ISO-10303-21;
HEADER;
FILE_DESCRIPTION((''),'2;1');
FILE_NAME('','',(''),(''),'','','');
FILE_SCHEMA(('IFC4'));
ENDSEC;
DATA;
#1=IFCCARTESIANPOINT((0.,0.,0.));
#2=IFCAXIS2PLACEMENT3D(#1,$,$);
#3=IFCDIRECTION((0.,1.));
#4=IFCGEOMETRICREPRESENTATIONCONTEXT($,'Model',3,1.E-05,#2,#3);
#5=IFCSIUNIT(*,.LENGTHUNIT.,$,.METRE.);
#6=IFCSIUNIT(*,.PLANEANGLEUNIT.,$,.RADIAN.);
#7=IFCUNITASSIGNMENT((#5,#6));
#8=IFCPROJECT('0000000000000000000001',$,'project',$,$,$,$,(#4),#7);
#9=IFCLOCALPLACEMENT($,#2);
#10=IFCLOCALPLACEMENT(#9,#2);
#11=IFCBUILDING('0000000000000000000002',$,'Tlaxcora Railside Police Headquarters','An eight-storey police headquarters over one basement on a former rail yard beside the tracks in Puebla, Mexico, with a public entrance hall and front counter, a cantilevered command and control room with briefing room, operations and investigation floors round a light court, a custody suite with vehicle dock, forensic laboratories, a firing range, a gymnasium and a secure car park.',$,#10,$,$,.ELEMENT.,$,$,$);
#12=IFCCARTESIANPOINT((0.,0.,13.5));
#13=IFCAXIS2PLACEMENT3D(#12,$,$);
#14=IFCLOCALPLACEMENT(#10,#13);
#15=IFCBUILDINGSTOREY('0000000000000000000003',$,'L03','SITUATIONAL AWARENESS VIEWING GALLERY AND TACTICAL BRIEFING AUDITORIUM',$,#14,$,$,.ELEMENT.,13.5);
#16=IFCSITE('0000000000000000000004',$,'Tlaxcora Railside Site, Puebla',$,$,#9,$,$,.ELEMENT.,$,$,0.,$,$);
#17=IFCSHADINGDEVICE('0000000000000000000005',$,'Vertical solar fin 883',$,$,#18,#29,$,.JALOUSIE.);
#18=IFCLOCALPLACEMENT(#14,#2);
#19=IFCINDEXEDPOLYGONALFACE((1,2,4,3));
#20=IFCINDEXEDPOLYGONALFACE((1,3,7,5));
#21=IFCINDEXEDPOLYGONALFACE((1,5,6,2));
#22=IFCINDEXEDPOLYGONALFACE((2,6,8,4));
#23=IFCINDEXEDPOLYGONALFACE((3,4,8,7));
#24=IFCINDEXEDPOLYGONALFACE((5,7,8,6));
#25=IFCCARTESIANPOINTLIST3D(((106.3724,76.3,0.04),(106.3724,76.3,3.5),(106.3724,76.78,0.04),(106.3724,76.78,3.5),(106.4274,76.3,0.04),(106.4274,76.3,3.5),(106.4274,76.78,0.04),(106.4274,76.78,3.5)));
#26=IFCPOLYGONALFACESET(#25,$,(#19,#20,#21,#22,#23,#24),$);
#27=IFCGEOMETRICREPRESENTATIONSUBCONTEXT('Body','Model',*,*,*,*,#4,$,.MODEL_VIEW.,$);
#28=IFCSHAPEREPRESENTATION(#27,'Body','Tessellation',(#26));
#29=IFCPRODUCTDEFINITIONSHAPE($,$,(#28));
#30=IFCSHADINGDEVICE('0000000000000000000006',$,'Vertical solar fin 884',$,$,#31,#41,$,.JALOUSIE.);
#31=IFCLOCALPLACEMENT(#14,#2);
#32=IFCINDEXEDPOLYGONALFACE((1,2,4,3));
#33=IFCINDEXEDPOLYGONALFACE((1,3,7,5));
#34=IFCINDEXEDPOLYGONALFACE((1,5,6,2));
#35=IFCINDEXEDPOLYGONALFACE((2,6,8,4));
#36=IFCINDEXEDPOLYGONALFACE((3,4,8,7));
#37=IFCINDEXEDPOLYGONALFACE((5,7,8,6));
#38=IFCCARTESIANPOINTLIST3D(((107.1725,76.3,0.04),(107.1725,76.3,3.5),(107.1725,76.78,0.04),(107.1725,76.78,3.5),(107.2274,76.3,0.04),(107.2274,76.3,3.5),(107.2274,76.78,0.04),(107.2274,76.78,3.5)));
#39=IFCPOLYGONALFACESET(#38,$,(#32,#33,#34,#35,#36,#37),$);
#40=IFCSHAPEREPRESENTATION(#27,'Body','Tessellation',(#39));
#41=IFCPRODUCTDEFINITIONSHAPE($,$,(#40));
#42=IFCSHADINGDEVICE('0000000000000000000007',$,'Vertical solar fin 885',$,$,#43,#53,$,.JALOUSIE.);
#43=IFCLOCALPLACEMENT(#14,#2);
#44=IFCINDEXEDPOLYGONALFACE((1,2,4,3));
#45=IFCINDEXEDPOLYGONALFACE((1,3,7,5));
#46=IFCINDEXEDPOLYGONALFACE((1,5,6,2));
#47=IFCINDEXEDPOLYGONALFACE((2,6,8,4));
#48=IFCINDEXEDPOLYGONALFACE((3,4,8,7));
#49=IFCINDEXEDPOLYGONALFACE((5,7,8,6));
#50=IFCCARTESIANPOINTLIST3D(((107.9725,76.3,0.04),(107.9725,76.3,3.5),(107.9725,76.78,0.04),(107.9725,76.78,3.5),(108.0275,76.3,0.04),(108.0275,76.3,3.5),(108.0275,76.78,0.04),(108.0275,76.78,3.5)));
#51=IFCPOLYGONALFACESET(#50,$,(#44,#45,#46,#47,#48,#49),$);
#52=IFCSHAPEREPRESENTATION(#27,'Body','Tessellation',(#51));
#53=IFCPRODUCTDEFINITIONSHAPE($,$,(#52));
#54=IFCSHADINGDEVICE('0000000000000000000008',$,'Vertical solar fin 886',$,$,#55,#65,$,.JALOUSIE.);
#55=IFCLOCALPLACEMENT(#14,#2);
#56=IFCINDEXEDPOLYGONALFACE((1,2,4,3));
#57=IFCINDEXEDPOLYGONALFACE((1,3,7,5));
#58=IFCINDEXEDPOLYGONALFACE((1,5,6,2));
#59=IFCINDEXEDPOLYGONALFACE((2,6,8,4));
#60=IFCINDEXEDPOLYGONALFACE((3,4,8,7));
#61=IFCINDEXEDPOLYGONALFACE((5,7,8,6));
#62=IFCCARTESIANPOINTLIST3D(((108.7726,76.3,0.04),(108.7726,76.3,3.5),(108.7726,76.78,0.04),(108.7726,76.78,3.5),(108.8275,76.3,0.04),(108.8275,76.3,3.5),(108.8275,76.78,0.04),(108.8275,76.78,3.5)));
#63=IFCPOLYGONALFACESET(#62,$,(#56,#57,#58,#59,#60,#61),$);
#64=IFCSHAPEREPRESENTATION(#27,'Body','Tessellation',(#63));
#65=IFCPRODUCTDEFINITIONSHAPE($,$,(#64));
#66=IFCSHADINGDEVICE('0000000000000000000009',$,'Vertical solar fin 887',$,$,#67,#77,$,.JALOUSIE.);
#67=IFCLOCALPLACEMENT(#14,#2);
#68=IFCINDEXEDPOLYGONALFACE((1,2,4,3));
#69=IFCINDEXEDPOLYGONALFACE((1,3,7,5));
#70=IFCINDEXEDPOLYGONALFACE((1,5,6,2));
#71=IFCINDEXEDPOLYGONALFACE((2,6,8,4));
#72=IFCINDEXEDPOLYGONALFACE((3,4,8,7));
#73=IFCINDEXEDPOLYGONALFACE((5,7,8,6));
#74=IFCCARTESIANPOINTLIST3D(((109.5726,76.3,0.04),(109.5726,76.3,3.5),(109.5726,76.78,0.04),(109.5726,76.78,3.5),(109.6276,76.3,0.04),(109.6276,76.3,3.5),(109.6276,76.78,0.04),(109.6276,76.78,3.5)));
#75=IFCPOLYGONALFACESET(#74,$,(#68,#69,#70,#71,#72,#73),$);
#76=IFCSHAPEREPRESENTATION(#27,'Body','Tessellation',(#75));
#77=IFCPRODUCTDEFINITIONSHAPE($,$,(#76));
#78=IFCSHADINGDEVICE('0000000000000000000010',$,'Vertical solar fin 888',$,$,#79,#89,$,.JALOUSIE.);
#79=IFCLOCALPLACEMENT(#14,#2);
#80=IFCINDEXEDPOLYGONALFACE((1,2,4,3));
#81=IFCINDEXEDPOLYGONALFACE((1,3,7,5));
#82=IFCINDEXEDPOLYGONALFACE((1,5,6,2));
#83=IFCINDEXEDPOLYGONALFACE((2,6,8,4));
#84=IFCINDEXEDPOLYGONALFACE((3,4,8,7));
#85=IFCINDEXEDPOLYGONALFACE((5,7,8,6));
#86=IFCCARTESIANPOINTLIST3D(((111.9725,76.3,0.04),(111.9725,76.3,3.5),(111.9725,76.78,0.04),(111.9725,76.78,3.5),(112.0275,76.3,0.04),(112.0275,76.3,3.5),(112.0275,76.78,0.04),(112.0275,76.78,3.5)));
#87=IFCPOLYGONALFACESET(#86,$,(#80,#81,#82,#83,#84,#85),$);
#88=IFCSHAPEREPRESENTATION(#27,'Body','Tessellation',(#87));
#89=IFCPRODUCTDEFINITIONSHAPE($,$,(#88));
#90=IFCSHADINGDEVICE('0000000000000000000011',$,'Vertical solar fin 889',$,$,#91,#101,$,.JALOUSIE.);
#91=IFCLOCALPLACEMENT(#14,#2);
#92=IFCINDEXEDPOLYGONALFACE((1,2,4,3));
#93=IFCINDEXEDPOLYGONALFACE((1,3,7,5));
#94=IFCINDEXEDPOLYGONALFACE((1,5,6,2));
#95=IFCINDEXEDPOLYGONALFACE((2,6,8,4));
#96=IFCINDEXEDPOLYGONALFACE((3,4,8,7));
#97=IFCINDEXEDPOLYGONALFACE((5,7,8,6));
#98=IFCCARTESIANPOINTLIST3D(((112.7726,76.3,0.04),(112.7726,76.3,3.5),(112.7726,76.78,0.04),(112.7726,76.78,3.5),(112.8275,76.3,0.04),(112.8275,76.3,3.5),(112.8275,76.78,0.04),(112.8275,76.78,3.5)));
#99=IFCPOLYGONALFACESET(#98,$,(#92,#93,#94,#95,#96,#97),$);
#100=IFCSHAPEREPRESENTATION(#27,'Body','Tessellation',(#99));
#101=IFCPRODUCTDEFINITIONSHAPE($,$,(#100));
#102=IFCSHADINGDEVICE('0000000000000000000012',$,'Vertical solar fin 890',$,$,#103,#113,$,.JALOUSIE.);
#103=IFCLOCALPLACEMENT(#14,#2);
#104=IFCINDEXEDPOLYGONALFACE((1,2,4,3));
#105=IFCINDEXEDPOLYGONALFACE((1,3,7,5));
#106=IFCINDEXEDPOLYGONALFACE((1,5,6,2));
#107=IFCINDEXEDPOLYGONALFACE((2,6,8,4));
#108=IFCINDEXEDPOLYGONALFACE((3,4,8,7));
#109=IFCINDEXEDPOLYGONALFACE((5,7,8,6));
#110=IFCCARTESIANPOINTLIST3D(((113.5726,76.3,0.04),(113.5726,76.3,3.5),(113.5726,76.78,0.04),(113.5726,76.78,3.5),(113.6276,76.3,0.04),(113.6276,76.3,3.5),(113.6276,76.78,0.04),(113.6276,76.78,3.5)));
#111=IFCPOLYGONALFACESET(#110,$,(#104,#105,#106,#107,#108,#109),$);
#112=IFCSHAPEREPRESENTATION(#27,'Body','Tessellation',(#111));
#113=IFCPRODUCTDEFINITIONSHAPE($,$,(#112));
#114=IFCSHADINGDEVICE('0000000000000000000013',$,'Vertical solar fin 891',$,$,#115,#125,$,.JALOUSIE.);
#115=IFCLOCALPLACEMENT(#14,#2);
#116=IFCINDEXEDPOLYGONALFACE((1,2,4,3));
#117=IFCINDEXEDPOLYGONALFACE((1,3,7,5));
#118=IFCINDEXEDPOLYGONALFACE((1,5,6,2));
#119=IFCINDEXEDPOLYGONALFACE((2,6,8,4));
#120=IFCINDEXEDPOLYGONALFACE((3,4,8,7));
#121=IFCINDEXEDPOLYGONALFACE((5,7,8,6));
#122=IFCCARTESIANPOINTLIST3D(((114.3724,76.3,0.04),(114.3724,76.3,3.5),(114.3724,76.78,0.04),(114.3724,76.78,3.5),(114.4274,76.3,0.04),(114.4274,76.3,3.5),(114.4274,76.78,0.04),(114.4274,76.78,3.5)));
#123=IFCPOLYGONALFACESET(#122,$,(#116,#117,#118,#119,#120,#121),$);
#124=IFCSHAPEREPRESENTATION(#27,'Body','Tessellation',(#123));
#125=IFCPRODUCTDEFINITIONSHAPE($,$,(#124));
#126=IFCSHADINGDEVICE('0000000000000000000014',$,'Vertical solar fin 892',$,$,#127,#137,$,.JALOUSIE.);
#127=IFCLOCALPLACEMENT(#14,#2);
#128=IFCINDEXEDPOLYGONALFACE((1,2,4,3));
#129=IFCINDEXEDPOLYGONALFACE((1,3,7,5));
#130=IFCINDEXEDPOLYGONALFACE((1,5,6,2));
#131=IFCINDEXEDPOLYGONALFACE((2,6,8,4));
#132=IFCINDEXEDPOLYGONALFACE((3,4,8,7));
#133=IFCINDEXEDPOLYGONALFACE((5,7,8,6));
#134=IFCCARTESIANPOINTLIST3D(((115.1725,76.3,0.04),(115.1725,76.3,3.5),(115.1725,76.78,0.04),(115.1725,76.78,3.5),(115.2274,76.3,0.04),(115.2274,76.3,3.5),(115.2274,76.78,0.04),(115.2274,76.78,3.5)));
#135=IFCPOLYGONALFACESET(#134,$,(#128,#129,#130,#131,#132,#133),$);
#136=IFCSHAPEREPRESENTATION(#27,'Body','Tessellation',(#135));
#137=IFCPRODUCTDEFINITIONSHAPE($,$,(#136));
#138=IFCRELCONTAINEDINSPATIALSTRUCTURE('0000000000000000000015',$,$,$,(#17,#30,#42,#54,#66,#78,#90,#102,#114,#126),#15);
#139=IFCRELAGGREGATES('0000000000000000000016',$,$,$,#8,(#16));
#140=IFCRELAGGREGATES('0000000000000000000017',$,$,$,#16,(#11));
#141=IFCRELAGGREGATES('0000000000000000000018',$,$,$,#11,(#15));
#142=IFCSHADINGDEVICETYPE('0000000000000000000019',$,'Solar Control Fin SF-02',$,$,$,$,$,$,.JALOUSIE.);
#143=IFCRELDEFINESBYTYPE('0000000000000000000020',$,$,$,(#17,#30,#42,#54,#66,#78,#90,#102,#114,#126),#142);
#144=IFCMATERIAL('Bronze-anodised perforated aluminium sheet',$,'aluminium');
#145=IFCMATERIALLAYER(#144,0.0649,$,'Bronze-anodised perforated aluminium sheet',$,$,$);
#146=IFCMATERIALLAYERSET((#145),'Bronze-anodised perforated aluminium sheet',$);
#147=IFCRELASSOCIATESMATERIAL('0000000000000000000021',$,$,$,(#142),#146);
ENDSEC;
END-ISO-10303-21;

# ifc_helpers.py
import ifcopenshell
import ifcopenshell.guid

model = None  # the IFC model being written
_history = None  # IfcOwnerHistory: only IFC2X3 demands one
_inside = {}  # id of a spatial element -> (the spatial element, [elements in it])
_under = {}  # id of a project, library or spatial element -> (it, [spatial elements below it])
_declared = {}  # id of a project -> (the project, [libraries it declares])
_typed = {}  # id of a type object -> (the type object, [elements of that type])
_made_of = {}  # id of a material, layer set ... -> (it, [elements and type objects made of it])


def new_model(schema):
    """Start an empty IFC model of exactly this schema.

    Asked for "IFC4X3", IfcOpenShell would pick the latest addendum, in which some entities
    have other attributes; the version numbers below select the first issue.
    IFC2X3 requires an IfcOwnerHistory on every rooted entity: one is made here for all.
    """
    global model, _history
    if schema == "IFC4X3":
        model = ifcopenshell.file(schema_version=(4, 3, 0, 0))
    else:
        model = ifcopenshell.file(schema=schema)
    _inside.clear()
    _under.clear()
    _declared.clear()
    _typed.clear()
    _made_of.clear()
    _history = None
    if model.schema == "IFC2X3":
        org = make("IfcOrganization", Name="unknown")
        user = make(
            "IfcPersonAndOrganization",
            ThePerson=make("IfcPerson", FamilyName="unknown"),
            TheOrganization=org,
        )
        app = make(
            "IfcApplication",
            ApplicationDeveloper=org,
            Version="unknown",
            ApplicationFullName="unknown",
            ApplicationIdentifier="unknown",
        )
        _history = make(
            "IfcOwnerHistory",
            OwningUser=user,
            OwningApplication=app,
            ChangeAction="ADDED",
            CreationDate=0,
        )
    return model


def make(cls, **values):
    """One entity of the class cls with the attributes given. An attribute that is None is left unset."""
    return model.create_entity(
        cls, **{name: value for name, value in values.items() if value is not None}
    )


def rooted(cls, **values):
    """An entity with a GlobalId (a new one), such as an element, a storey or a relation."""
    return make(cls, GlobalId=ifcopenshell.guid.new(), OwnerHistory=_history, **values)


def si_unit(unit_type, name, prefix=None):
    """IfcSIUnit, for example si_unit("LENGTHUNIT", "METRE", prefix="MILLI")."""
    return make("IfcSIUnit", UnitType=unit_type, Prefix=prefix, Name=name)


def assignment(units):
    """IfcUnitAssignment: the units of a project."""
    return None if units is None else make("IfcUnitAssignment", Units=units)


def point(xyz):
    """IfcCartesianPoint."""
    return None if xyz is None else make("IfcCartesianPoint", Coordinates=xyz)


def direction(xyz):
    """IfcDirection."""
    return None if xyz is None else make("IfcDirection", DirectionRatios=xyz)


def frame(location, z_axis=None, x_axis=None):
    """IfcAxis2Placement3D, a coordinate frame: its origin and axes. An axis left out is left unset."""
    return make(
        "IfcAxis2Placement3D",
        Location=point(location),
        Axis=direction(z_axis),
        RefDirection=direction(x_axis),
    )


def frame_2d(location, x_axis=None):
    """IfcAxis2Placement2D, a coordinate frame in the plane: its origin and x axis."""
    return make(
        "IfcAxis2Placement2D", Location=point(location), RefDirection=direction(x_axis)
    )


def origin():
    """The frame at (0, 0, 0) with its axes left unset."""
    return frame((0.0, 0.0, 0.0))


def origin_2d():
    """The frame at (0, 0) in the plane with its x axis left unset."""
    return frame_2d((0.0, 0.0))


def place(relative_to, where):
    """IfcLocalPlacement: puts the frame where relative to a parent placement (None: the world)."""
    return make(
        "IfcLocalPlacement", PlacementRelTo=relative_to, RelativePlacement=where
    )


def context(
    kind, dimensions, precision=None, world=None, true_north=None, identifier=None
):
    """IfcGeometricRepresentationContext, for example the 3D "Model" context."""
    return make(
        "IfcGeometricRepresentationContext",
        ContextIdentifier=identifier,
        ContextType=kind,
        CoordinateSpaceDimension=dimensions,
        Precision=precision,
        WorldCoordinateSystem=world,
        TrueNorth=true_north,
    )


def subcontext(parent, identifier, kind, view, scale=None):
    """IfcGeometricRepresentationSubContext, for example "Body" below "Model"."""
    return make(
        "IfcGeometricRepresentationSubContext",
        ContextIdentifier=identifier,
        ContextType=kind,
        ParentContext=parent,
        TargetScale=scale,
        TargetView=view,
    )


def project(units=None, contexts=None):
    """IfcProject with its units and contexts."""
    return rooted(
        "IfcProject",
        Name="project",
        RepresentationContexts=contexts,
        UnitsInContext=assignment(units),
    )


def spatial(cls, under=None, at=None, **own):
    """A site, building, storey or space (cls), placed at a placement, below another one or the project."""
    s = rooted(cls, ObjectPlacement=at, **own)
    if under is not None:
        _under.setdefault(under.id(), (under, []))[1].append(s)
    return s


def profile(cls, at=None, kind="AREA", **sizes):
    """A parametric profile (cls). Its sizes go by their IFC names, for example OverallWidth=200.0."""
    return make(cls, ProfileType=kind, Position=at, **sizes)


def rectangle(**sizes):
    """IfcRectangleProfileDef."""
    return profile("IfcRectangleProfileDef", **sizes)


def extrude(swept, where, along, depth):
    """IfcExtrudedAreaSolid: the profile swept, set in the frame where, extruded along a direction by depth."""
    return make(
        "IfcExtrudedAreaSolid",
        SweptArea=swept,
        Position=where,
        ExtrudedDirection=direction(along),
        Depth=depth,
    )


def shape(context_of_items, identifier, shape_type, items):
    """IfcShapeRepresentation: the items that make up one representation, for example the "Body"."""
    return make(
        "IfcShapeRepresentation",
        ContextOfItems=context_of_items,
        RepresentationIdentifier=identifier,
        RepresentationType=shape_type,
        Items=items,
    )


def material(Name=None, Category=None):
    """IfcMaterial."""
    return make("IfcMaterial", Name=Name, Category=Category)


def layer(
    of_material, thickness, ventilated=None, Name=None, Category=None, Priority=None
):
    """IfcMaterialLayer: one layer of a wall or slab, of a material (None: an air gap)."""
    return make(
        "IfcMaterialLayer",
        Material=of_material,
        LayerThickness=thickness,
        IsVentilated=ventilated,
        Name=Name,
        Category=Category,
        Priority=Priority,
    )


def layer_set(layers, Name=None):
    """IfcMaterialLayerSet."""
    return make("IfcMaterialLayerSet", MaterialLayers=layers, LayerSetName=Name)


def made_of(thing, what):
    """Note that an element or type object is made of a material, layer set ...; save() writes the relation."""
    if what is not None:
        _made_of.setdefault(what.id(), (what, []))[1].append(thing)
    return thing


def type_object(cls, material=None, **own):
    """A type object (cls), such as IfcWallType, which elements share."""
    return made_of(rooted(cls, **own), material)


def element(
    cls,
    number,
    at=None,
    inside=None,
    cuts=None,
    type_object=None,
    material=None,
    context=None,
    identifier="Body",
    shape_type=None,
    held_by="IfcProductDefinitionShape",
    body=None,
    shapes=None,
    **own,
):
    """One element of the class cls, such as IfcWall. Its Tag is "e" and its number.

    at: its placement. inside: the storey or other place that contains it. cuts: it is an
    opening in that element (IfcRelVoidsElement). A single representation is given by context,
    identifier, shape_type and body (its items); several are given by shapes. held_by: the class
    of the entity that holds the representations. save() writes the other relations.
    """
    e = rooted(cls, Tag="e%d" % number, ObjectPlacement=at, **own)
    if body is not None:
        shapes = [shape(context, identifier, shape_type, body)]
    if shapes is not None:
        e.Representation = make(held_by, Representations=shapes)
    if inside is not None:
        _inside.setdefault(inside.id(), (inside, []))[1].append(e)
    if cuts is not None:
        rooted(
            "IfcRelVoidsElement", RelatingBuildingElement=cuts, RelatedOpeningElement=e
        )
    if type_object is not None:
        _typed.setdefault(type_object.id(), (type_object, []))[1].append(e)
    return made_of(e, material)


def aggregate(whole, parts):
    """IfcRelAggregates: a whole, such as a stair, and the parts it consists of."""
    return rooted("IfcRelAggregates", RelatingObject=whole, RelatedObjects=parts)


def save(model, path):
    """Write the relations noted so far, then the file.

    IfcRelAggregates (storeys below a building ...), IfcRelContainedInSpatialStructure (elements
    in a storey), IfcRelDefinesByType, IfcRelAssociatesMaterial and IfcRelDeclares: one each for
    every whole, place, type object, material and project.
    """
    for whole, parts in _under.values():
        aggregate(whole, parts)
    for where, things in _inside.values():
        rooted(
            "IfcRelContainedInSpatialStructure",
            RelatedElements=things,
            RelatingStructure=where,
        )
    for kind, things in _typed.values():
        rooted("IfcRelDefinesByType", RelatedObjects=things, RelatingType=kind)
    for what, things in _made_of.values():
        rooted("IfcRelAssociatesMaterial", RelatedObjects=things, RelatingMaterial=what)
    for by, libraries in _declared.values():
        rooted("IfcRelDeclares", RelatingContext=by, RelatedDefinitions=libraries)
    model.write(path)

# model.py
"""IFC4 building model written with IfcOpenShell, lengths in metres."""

from ifc_helpers import new_model, si_unit, direction, frame, origin, origin_2d, place, context, subcontext, project, spatial, rectangle, extrude, material, layer, layer_set, type_object, element, save


model = new_model("IFC4")

# Units and contexts
model_context = context("Model", 3, precision=1e-05, world=origin(), true_north=direction((0.0, 1.0)))
body_context = subcontext(model_context, "Body", "Model", "MODEL_VIEW")
ifc_project = project(units=[si_unit("LENGTHUNIT", "METRE"), si_unit("PLANEANGLEUNIT", "RADIAN")], contexts=[model_context])

# Site, building, storey
site_placement = place(None, origin())
site = spatial("IfcSite", under=ifc_project, at=site_placement, Name="Tlaxcora Railside Site, Puebla", CompositionType="ELEMENT", RefElevation=0.0)
building_placement = place(site_placement, origin())
building = spatial("IfcBuilding", under=site, at=building_placement, Name="Tlaxcora Railside Police Headquarters", Description="An eight-storey police headquarters over one basement on a former rail yard beside the tracks in Puebla, Mexico, with a public entrance hall and front counter, a cantilevered command and control room with briefing room, operations and investigation floors round a light court, a custody suite with vehicle dock, forensic laboratories, a firing range, a gymnasium and a secure car park.", CompositionType="ELEMENT")
storey_placement = place(building_placement, frame((0.0, 0.0, 13.5)))
storey = spatial("IfcBuildingStorey", under=building, at=storey_placement, Name="L03", Description="SITUATIONAL AWARENESS VIEWING GALLERY AND TACTICAL BRIEFING AUDITORIUM", CompositionType="ELEMENT", Elevation=13.5)

# Shading devices
ifc_material_1 = material(Name="Bronze-anodised perforated aluminium sheet", Category="aluminium")
ifc_layer_1 = layer(ifc_material_1, 0.0649, Name="Bronze-anodised perforated aluminium sheet")
ifc_layer_set_1 = layer_set([ifc_layer_1], Name="Bronze-anodised perforated aluminium sheet")
shading_device_type = type_object("IfcShadingDeviceType", Name="Solar Control Fin SF-02", PredefinedType="JALOUSIE", material=ifc_layer_set_1)
for number, where, z_axis, x_axis, name in (
    (1, (106.3999, 76.54, 0.04), (0.0, 0.0, 1.0), (0.0, -1.0, 0.0), "Vertical solar fin 883"),
    (2, (107.2, 76.54, 0.04), (0.0, 0.0, 1.0), (0.0, -1.0, 0.0), "Vertical solar fin 884"),
    (3, (108.0, 76.54, 0.04), (0.0, 0.0, 1.0), (0.0, -1.0, 0.0), "Vertical solar fin 885"),
    (4, (108.8, 76.54, 0.04), (0.0, 0.0, 1.0), (0.0, -1.0, 0.0), "Vertical solar fin 886"),
    (5, (109.6001, 76.54, 0.04), (0.0, 0.0, 1.0), (0.0, -1.0, 0.0), "Vertical solar fin 887"),
    (6, (112.0, 76.54, 0.04), (0.0, 0.0, 1.0), (0.0, -1.0, 0.0), "Vertical solar fin 888"),
    (7, (112.8, 76.54, 0.04), (0.0, 0.0, 1.0), (0.0, -1.0, 0.0), "Vertical solar fin 889"),
    (8, (113.6001, 76.54, 0.04), (0.0, 0.0, 1.0), (0.0, -1.0, 0.0), "Vertical solar fin 890"),
    (9, (114.3999, 76.54, 0.04), (0.0, 0.0, 1.0), (0.0, -1.0, 0.0), "Vertical solar fin 891"),
    (10, (115.2, 76.54, 0.04), (0.0, 0.0, 1.0), (0.0, -1.0, 0.0), "Vertical solar fin 892"),
):
    element("IfcShadingDevice", number, at=place(storey_placement, frame(where, z_axis=z_axis, x_axis=x_axis)), inside=storey, type_object=shading_device_type, Name=name, PredefinedType="JALOUSIE", context=body_context, shape_type="SweptSolid", body=[
        extrude(rectangle(XDim=0.48, YDim=0.0549, at=origin_2d()), origin(), (0.0, 0.0, 1.0), 3.46),
    ])

save(model, "model.ifc")
